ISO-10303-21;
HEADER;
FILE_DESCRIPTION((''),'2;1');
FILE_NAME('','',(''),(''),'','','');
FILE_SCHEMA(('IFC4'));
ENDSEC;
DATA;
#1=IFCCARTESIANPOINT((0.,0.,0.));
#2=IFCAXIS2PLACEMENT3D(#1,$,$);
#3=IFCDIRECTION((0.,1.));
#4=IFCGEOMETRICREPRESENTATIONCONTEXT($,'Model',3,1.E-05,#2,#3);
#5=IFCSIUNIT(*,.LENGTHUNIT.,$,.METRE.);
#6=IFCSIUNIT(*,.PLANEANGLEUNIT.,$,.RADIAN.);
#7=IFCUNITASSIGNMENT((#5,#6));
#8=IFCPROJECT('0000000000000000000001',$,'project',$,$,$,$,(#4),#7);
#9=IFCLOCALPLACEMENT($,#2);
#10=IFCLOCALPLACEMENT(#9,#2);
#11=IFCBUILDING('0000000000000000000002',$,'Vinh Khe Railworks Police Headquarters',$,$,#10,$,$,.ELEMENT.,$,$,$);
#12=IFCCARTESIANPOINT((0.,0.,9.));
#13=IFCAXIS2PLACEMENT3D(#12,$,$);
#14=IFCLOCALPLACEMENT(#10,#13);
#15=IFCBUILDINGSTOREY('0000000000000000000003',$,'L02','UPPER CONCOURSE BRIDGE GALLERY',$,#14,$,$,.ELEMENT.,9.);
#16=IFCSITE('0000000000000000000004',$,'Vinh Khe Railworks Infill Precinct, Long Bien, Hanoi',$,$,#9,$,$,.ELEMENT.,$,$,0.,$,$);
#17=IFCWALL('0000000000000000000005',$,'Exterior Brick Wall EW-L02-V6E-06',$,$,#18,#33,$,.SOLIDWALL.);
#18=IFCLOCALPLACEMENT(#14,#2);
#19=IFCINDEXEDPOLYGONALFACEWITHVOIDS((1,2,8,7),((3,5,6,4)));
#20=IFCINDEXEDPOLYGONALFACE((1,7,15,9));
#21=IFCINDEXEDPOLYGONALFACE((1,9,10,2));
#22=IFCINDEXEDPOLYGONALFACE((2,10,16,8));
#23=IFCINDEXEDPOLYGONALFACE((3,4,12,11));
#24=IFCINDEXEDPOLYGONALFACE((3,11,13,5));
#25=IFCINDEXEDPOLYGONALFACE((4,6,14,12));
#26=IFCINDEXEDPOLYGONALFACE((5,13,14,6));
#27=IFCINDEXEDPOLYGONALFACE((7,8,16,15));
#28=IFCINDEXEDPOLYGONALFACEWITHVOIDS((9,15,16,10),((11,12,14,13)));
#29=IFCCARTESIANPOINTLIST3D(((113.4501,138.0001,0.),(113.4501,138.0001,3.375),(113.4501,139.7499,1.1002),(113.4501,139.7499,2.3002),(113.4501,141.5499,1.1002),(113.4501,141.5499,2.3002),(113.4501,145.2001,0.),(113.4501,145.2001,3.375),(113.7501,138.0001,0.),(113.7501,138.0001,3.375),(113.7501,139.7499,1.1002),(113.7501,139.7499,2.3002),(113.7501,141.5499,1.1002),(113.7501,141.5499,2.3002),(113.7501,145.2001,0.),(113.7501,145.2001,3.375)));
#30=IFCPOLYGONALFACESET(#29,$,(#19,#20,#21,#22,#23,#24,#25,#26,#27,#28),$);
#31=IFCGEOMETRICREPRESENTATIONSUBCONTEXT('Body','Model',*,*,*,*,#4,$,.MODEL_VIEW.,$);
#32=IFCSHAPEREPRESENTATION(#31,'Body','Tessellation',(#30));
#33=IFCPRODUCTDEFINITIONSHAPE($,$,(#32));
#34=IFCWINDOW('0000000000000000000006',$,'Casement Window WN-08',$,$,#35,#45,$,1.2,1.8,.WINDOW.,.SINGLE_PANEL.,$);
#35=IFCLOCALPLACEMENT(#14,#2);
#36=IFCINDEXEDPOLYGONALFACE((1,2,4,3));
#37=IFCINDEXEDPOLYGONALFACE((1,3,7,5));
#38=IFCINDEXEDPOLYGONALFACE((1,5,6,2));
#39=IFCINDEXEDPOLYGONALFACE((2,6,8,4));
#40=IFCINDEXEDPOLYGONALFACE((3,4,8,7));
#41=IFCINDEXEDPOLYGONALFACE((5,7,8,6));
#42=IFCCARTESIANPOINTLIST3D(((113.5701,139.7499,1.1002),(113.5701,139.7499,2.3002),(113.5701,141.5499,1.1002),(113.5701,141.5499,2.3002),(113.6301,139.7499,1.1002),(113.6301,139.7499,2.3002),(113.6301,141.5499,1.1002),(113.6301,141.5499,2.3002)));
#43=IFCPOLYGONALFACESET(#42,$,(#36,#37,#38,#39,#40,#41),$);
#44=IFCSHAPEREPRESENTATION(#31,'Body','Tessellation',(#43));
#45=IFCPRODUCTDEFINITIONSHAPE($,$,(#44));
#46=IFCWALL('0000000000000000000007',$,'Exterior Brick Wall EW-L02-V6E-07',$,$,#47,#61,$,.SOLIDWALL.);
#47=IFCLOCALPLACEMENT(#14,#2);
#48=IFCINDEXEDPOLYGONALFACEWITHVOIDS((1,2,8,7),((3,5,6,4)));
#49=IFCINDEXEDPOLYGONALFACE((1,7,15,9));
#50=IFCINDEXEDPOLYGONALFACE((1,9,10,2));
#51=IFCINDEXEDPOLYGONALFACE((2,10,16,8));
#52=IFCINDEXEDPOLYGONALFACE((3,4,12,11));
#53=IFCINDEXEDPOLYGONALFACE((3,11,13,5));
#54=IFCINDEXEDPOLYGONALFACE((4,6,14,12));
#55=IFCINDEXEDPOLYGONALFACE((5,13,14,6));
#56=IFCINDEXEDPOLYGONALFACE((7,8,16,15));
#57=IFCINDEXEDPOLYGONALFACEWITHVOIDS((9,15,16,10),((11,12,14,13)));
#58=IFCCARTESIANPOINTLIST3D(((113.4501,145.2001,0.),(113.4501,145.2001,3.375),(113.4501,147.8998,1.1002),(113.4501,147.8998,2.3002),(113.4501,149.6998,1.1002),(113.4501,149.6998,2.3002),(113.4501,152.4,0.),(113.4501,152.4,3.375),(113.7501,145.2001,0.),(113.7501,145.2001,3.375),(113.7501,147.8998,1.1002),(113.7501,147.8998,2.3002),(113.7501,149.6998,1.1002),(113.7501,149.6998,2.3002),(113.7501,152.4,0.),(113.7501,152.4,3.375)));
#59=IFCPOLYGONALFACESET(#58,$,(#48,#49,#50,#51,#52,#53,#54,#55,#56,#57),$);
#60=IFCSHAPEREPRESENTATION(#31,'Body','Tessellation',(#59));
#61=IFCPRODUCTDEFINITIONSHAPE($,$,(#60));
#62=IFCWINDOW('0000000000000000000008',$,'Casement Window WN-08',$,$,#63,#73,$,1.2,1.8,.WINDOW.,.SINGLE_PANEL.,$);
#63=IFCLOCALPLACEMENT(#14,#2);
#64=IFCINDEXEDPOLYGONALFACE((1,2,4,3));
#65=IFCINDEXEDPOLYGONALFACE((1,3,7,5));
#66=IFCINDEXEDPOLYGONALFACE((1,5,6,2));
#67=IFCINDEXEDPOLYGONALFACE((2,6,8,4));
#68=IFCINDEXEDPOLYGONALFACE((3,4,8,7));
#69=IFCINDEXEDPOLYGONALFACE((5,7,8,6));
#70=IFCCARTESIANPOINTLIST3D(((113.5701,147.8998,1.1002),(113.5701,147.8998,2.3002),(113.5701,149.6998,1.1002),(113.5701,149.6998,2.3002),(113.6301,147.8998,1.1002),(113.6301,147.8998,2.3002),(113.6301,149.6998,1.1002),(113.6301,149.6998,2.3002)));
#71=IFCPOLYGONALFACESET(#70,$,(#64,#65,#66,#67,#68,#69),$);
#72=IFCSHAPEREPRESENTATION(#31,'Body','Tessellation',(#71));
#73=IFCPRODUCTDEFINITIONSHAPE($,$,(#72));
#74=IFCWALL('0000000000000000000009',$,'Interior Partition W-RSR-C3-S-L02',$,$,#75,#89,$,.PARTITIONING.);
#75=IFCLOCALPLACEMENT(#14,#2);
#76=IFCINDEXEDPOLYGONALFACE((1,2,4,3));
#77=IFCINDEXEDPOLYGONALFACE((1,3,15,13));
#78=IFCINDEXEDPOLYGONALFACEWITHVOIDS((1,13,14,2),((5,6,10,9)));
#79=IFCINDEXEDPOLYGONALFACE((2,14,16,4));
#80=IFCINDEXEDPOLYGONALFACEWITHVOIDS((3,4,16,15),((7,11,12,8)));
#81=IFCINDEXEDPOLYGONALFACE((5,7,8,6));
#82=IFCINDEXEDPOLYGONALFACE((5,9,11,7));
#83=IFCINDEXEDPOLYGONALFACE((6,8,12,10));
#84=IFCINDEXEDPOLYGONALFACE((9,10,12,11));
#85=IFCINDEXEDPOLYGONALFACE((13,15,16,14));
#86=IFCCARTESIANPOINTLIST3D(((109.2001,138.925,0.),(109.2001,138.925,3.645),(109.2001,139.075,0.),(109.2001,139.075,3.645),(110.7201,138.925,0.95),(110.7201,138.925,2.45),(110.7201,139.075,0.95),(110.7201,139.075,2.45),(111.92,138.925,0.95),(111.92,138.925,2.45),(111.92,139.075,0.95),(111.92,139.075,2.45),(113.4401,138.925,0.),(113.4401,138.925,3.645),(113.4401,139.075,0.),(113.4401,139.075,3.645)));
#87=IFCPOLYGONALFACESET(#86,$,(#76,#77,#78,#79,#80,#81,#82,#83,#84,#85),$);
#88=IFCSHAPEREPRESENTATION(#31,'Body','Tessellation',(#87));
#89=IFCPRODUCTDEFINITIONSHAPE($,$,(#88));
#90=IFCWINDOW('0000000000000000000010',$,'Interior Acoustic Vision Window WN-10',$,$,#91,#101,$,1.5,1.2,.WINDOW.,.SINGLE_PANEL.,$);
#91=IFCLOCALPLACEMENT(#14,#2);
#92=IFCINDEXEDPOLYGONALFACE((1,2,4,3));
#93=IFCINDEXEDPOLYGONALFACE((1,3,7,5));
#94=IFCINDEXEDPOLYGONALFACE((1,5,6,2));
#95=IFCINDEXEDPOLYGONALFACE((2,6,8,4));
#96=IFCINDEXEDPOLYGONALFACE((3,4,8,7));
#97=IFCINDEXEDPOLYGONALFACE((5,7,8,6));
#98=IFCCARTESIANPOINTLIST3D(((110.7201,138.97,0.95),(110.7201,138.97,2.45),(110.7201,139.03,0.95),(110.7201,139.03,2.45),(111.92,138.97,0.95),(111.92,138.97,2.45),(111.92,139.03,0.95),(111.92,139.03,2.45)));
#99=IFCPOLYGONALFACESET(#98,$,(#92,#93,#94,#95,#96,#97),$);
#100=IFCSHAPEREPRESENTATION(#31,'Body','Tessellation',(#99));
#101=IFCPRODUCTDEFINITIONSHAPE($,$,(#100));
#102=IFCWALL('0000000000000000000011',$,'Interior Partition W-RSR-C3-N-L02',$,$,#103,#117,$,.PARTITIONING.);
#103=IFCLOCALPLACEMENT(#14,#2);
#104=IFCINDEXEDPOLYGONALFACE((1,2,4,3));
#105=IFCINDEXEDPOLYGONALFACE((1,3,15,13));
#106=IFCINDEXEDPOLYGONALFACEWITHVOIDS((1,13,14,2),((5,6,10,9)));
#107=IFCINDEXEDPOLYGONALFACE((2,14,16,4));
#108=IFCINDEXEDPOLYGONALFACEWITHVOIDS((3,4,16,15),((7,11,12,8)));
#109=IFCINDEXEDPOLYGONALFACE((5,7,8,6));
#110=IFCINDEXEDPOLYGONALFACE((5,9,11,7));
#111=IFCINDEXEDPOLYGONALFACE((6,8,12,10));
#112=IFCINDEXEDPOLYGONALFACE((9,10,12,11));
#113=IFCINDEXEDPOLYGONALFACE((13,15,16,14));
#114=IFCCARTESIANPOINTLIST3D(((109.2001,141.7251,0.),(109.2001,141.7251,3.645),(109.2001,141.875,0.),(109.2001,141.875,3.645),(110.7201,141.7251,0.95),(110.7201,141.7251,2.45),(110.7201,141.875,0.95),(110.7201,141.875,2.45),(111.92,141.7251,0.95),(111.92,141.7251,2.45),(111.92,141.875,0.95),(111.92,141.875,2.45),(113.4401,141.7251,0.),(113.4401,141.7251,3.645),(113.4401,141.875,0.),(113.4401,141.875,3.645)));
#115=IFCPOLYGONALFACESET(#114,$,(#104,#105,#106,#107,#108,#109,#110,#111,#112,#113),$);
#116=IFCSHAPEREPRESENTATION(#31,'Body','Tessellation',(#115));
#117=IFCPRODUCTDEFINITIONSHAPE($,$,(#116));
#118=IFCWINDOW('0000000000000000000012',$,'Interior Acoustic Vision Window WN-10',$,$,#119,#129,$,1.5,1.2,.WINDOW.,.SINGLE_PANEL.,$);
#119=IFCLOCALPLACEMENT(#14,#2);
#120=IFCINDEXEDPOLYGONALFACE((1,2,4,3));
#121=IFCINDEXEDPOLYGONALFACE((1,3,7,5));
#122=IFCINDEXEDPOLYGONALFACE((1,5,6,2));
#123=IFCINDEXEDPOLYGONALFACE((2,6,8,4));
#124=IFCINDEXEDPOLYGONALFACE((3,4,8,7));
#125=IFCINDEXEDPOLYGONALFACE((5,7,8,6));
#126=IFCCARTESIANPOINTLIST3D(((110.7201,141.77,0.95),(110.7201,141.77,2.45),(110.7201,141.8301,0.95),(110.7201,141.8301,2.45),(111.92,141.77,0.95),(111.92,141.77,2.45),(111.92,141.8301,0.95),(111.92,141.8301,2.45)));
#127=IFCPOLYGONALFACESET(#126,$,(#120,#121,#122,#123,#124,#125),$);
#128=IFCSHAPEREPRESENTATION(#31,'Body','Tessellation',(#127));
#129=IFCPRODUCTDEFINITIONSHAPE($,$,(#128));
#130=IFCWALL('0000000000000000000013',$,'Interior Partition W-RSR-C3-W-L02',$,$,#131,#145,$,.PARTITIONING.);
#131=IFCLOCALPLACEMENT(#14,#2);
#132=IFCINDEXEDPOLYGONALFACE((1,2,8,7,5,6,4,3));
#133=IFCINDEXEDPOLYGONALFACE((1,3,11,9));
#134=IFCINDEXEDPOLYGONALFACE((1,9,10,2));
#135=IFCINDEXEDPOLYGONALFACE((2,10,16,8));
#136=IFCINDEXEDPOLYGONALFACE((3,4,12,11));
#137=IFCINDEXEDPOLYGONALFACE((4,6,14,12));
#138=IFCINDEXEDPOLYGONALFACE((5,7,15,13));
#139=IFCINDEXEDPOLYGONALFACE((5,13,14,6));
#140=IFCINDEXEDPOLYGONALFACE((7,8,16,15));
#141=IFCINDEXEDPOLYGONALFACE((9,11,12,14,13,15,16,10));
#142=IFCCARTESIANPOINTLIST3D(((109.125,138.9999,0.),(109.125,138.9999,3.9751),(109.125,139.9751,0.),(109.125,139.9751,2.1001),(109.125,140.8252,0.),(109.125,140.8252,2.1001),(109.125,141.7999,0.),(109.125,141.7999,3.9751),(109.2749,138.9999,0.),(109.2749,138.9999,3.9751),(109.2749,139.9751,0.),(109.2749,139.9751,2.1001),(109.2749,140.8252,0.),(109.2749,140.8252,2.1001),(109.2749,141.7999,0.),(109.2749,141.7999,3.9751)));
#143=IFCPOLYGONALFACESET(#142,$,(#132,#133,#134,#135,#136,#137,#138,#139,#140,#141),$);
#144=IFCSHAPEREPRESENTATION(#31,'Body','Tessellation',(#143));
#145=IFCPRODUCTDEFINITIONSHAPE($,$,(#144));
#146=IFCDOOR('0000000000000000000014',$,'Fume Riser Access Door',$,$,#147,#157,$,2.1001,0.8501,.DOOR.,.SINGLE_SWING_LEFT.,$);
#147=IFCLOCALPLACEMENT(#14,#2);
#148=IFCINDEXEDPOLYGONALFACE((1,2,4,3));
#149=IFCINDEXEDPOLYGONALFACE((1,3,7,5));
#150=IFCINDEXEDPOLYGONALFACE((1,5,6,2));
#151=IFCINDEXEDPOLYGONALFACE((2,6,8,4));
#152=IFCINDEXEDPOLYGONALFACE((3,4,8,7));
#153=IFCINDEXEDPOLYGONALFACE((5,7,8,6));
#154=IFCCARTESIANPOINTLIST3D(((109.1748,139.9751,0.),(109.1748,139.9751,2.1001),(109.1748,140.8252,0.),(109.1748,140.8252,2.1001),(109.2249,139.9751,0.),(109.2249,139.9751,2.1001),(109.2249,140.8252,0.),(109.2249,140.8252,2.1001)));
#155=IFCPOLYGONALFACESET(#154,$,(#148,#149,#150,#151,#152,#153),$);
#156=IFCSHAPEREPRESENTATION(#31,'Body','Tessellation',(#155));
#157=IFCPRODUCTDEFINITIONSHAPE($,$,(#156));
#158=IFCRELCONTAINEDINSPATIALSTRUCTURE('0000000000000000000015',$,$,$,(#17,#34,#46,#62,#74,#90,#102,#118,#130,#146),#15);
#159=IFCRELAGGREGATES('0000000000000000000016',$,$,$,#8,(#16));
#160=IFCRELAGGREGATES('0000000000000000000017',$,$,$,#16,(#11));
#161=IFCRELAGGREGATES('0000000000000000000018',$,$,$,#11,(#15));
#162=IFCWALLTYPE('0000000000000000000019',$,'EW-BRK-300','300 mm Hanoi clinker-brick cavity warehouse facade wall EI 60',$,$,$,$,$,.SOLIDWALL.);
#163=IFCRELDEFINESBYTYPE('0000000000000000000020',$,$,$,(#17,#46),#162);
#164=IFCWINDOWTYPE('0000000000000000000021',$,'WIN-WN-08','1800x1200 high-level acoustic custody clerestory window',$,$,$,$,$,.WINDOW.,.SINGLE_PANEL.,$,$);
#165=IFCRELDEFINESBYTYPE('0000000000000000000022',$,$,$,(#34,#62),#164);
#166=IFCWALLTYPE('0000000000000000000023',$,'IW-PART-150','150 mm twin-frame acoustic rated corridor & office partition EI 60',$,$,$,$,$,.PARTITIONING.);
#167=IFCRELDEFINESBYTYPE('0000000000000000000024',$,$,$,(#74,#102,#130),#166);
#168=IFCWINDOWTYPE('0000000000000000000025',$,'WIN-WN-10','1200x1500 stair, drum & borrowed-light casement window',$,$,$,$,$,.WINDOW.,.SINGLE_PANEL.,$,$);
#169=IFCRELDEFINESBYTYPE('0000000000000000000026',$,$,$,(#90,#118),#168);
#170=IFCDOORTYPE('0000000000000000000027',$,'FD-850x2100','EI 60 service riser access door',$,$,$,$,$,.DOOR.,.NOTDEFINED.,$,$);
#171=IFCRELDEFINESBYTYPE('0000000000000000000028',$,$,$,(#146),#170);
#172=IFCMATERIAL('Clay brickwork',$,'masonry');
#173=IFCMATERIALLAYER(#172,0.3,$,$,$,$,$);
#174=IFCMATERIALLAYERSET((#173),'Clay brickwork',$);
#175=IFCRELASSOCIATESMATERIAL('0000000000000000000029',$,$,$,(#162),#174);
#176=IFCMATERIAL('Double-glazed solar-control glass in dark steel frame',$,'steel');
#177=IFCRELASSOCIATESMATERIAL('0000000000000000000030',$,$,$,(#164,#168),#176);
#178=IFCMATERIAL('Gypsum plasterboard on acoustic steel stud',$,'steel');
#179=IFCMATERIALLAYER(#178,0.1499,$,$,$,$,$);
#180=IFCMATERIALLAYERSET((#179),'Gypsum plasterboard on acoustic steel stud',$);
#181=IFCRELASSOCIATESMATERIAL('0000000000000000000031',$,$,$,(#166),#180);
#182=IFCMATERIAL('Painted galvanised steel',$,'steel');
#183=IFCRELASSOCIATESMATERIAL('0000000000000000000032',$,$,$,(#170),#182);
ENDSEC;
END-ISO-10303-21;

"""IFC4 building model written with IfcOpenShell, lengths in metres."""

from ifc_helpers import new_model, si_unit, direction, frame, frame_2d, origin, place, context, subcontext, project, spatial, rectangle, extrude, material, layer, layer_set, type_object, element, fill, save


model = new_model("IFC4")

# Units and contexts
model_context = context("Model", 3, precision=1e-05, world=origin(), true_north=direction((0.0, 1.0)))
body_context = subcontext(model_context, "Body", "Model", "MODEL_VIEW")
ifc_project = project(units=[si_unit("LENGTHUNIT", "METRE"), si_unit("PLANEANGLEUNIT", "RADIAN")], contexts=[model_context])

# Site, building, storey
site_placement = place(None, origin())
site = spatial("IfcSite", under=ifc_project, at=site_placement, Name="Vinh Khe Railworks Infill Precinct, Long Bien, Hanoi", CompositionType="ELEMENT", RefElevation=0.0)
building_placement = place(site_placement, origin())
building = spatial("IfcBuilding", under=site, at=building_placement, Name="Vinh Khe Railworks Police Headquarters", CompositionType="ELEMENT")
storey_placement = place(building_placement, frame((0.0, 0.0, 9.0)))
storey = spatial("IfcBuildingStorey", under=building, at=storey_placement, Name="L02", Description="UPPER CONCOURSE BRIDGE GALLERY", CompositionType="ELEMENT", Elevation=9.0)

# Shared definitions
ifc_material_1 = material(Name="Painted galvanised steel", Category="steel")

# Walls, openings, windows
ifc_material_2 = material(Name="Clay brickwork", Category="masonry")
ifc_layer_1 = layer(ifc_material_2, 0.3)
ifc_layer_set_1 = layer_set([ifc_layer_1], Name="Clay brickwork")
wall_type_1 = type_object("IfcWallType", Name="EW-BRK-300", Description="300 mm Hanoi clinker-brick cavity warehouse facade wall EI 60", PredefinedType="SOLIDWALL", material=ifc_layer_set_1)
wall_1_placement = place(storey_placement, frame((113.6001, 138.0, 0.0), z_axis=(0.0, 0.0, 1.0), x_axis=(0.0, 1.0, 0.0)))
wall_1 = element("IfcWall", 1, at=wall_1_placement, inside=storey, type_object=wall_type_1, Name="Exterior Brick Wall EW-L02-V6E-06", PredefinedType="SOLIDWALL", context=body_context, shape_type="SweptSolid", body=[
    extrude(rectangle(XDim=7.2, YDim=0.3, at=frame_2d((3.6001, 0.0))), origin(), (0.0, 0.0, 1.0), 3.375),
])
opening_1_placement = place(wall_1_placement, frame((1.75, 0.0, 1.1001)))
opening_1 = element("IfcOpeningElement", 2, at=opening_1_placement, cuts=wall_1, PredefinedType="OPENING", context=body_context, shape_type="SweptSolid", body=[
    extrude(rectangle(XDim=1.8, YDim=1.2, at=frame_2d((0.8999, 0.6001))), frame((0.0, 0.165, 0.0), z_axis=(0.0, -1.0, 0.0), x_axis=(1.0, 0.0, 0.0)), (0.0, 0.0, 1.0), 0.3298),
])
ifc_material_3 = material(Name="Double-glazed solar-control glass in dark steel frame", Category="steel")
window_type_1 = type_object("IfcWindowType", Name="WIN-WN-08", Description="1800x1200 high-level acoustic custody clerestory window", PartitioningType="SINGLE_PANEL", PredefinedType="WINDOW", material=ifc_material_3)
window_1_placement = place(opening_1_placement, origin())
window_1 = element("IfcWindow", 3, at=window_1_placement, inside=storey, type_object=window_type_1, Name="Casement Window WN-08", OverallHeight=1.2, OverallWidth=1.8, PartitioningType="SINGLE_PANEL", PredefinedType="WINDOW", context=body_context, shape_type="SweptSolid", body=[
    extrude(rectangle(XDim=1.8, YDim=1.2, at=frame_2d((0.8999, 0.6001))), frame((0.0, 0.03, 0.0), z_axis=(0.0, -1.0, 0.0), x_axis=(1.0, 0.0, 0.0)), (0.0, 0.0, 1.0), 0.0601),
])
fill(opening_1, window_1)
wall_2_placement = place(storey_placement, frame((113.6001, 145.2, 0.0), z_axis=(0.0, 0.0, 1.0), x_axis=(0.0, 1.0, 0.0)))
wall_2 = element("IfcWall", 4, at=wall_2_placement, inside=storey, type_object=wall_type_1, Name="Exterior Brick Wall EW-L02-V6E-07", PredefinedType="SOLIDWALL", context=body_context, shape_type="SweptSolid", body=[
    extrude(rectangle(XDim=7.2, YDim=0.3, at=frame_2d((3.6001, 0.0))), origin(), (0.0, 0.0, 1.0), 3.375),
])
opening_2_placement = place(wall_2_placement, frame((2.7, 0.0, 1.1001)))
opening_2 = element("IfcOpeningElement", 5, at=opening_2_placement, cuts=wall_2, PredefinedType="OPENING", context=body_context, shape_type="SweptSolid", body=[
    extrude(rectangle(XDim=1.8, YDim=1.2, at=frame_2d((0.8999, 0.6001))), frame((0.0, 0.165, 0.0), z_axis=(0.0, -1.0, 0.0), x_axis=(1.0, 0.0, 0.0)), (0.0, 0.0, 1.0), 0.3298),
])
window_2_placement = place(opening_2_placement, origin())
window_2 = element("IfcWindow", 6, at=window_2_placement, inside=storey, type_object=window_type_1, Name="Casement Window WN-08", OverallHeight=1.2, OverallWidth=1.8, PartitioningType="SINGLE_PANEL", PredefinedType="WINDOW", context=body_context, shape_type="SweptSolid", body=[
    extrude(rectangle(XDim=1.8, YDim=1.2, at=frame_2d((0.8999, 0.6001))), frame((0.0, 0.03, 0.0), z_axis=(0.0, -1.0, 0.0), x_axis=(1.0, 0.0, 0.0)), (0.0, 0.0, 1.0), 0.0601),
])
fill(opening_2, window_2)
ifc_material_4 = material(Name="Gypsum plasterboard on acoustic steel stud", Category="steel")
ifc_layer_2 = layer(ifc_material_4, 0.1499)
ifc_layer_set_2 = layer_set([ifc_layer_2], Name="Gypsum plasterboard on acoustic steel stud")
wall_type_2 = type_object("IfcWallType", Name="IW-PART-150", Description="150 mm twin-frame acoustic rated corridor & office partition EI 60", PredefinedType="PARTITIONING", material=ifc_layer_set_2)
wall_3_placement = place(storey_placement, frame((109.2, 139.0, 0.0), z_axis=(0.0, 0.0, 1.0), x_axis=(1.0, 0.0, 0.0)))
wall_3 = element("IfcWall", 7, at=wall_3_placement, inside=storey, type_object=wall_type_2, Name="Interior Partition W-RSR-C3-S-L02", PredefinedType="PARTITIONING", context=body_context, shape_type="SweptSolid", body=[
    extrude(rectangle(XDim=4.24, YDim=0.1499, at=frame_2d((2.1201, 0.0))), origin(), (0.0, 0.0, 1.0), 3.645),
])
opening_3_placement = place(wall_3_placement, frame((1.52, 0.0, 0.95)))
opening_3 = element("IfcOpeningElement", 8, at=opening_3_placement, cuts=wall_3, PredefinedType="OPENING", context=body_context, shape_type="SweptSolid", body=[
    extrude(rectangle(XDim=1.2, YDim=1.5, at=frame_2d((0.6001, 0.75))), frame((0.0, 0.0898, 0.0), z_axis=(0.0, -1.0, 0.0), x_axis=(1.0, 0.0, 0.0)), (0.0, 0.0, 1.0), 0.1797),
])
window_type_2 = type_object("IfcWindowType", Name="WIN-WN-10", Description="1200x1500 stair, drum & borrowed-light casement window", PartitioningType="SINGLE_PANEL", PredefinedType="WINDOW", material=ifc_material_3)
window_3_placement = place(opening_3_placement, origin())
window_3 = element("IfcWindow", 9, at=window_3_placement, inside=storey, type_object=window_type_2, Name="Interior Acoustic Vision Window WN-10", OverallHeight=1.5, OverallWidth=1.2, PartitioningType="SINGLE_PANEL", PredefinedType="WINDOW", context=body_context, shape_type="SweptSolid", body=[
    extrude(rectangle(XDim=1.2, YDim=1.5, at=frame_2d((0.6001, 0.75))), frame((0.0, 0.03, 0.0), z_axis=(0.0, -1.0, 0.0), x_axis=(1.0, 0.0, 0.0)), (0.0, 0.0, 1.0), 0.0601),
])
fill(opening_3, window_3)
wall_4_placement = place(storey_placement, frame((109.2, 141.8, 0.0), z_axis=(0.0, 0.0, 1.0), x_axis=(1.0, 0.0, 0.0)))
wall_4 = element("IfcWall", 10, at=wall_4_placement, inside=storey, type_object=wall_type_2, Name="Interior Partition W-RSR-C3-N-L02", PredefinedType="PARTITIONING", context=body_context, shape_type="SweptSolid", body=[
    extrude(rectangle(XDim=4.24, YDim=0.1499, at=frame_2d((2.1201, 0.0))), origin(), (0.0, 0.0, 1.0), 3.645),
])
opening_4_placement = place(wall_4_placement, frame((1.52, 0.0, 0.95)))
opening_4 = element("IfcOpeningElement", 11, at=opening_4_placement, cuts=wall_4, PredefinedType="OPENING", context=body_context, shape_type="SweptSolid", body=[
    extrude(rectangle(XDim=1.2, YDim=1.5, at=frame_2d((0.6001, 0.75))), frame((0.0, 0.0898, 0.0), z_axis=(0.0, -1.0, 0.0), x_axis=(1.0, 0.0, 0.0)), (0.0, 0.0, 1.0), 0.1797),
])
window_4_placement = place(opening_4_placement, origin())
window_4 = element("IfcWindow", 12, at=window_4_placement, inside=storey, type_object=window_type_2, Name="Interior Acoustic Vision Window WN-10", OverallHeight=1.5, OverallWidth=1.2, PartitioningType="SINGLE_PANEL", PredefinedType="WINDOW", context=body_context, shape_type="SweptSolid", body=[
    extrude(rectangle(XDim=1.2, YDim=1.5, at=frame_2d((0.6001, 0.75))), frame((0.0, 0.03, 0.0), z_axis=(0.0, -1.0, 0.0), x_axis=(1.0, 0.0, 0.0)), (0.0, 0.0, 1.0), 0.0601),
])
fill(opening_4, window_4)

# Wall, opening, door
wall_5_placement = place(storey_placement, frame((109.2, 139.0, 0.0), z_axis=(0.0, 0.0, 1.0), x_axis=(0.0, 1.0, 0.0)))
wall_5 = element("IfcWall", 13, at=wall_5_placement, inside=storey, type_object=wall_type_2, Name="Interior Partition W-RSR-C3-W-L02", PredefinedType="PARTITIONING", context=body_context, shape_type="SweptSolid", body=[
    extrude(rectangle(XDim=2.8, YDim=0.1499, at=frame_2d((1.3999, 0.0))), origin(), (0.0, 0.0, 1.0), 3.9751),
])
opening_5_placement = place(wall_5_placement, frame((0.9751, 0.0, 0.0)))
opening_5 = element("IfcOpeningElement", 14, at=opening_5_placement, cuts=wall_5, PredefinedType="OPENING", context=body_context, shape_type="SweptSolid", body=[
    extrude(rectangle(XDim=0.8501, YDim=2.1001, at=frame_2d((0.425, 1.05))), frame((0.0, 0.0898, 0.0), z_axis=(0.0, -1.0, 0.0), x_axis=(1.0, 0.0, 0.0)), (0.0, 0.0, 1.0), 0.1797),
])
door_type_1 = type_object("IfcDoorType", Name="FD-850x2100", Description="EI 60 service riser access door", OperationType="NOTDEFINED", PredefinedType="DOOR", material=ifc_material_1)
door_1_placement = place(opening_5_placement, frame((0.8501, 0.0, 0.0), z_axis=(0.0, 0.0, 1.0), x_axis=(-1.0, 0.0, 0.0)))
door_1 = element("IfcDoor", 15, at=door_1_placement, inside=storey, type_object=door_type_1, Name="Fume Riser Access Door", OperationType="SINGLE_SWING_LEFT", OverallHeight=2.1001, OverallWidth=0.8501, PredefinedType="DOOR", context=body_context, shape_type="SweptSolid", body=[
    extrude(rectangle(XDim=0.8501, YDim=2.1001, at=frame_2d((0.425, 1.05))), frame((0.0, 0.0249, 0.0), z_axis=(0.0, -1.0, 0.0), x_axis=(1.0, 0.0, 0.0)), (0.0, 0.0, 1.0), 0.05),
])
fill(opening_5, door_1)

save(model, "model.ifc")
